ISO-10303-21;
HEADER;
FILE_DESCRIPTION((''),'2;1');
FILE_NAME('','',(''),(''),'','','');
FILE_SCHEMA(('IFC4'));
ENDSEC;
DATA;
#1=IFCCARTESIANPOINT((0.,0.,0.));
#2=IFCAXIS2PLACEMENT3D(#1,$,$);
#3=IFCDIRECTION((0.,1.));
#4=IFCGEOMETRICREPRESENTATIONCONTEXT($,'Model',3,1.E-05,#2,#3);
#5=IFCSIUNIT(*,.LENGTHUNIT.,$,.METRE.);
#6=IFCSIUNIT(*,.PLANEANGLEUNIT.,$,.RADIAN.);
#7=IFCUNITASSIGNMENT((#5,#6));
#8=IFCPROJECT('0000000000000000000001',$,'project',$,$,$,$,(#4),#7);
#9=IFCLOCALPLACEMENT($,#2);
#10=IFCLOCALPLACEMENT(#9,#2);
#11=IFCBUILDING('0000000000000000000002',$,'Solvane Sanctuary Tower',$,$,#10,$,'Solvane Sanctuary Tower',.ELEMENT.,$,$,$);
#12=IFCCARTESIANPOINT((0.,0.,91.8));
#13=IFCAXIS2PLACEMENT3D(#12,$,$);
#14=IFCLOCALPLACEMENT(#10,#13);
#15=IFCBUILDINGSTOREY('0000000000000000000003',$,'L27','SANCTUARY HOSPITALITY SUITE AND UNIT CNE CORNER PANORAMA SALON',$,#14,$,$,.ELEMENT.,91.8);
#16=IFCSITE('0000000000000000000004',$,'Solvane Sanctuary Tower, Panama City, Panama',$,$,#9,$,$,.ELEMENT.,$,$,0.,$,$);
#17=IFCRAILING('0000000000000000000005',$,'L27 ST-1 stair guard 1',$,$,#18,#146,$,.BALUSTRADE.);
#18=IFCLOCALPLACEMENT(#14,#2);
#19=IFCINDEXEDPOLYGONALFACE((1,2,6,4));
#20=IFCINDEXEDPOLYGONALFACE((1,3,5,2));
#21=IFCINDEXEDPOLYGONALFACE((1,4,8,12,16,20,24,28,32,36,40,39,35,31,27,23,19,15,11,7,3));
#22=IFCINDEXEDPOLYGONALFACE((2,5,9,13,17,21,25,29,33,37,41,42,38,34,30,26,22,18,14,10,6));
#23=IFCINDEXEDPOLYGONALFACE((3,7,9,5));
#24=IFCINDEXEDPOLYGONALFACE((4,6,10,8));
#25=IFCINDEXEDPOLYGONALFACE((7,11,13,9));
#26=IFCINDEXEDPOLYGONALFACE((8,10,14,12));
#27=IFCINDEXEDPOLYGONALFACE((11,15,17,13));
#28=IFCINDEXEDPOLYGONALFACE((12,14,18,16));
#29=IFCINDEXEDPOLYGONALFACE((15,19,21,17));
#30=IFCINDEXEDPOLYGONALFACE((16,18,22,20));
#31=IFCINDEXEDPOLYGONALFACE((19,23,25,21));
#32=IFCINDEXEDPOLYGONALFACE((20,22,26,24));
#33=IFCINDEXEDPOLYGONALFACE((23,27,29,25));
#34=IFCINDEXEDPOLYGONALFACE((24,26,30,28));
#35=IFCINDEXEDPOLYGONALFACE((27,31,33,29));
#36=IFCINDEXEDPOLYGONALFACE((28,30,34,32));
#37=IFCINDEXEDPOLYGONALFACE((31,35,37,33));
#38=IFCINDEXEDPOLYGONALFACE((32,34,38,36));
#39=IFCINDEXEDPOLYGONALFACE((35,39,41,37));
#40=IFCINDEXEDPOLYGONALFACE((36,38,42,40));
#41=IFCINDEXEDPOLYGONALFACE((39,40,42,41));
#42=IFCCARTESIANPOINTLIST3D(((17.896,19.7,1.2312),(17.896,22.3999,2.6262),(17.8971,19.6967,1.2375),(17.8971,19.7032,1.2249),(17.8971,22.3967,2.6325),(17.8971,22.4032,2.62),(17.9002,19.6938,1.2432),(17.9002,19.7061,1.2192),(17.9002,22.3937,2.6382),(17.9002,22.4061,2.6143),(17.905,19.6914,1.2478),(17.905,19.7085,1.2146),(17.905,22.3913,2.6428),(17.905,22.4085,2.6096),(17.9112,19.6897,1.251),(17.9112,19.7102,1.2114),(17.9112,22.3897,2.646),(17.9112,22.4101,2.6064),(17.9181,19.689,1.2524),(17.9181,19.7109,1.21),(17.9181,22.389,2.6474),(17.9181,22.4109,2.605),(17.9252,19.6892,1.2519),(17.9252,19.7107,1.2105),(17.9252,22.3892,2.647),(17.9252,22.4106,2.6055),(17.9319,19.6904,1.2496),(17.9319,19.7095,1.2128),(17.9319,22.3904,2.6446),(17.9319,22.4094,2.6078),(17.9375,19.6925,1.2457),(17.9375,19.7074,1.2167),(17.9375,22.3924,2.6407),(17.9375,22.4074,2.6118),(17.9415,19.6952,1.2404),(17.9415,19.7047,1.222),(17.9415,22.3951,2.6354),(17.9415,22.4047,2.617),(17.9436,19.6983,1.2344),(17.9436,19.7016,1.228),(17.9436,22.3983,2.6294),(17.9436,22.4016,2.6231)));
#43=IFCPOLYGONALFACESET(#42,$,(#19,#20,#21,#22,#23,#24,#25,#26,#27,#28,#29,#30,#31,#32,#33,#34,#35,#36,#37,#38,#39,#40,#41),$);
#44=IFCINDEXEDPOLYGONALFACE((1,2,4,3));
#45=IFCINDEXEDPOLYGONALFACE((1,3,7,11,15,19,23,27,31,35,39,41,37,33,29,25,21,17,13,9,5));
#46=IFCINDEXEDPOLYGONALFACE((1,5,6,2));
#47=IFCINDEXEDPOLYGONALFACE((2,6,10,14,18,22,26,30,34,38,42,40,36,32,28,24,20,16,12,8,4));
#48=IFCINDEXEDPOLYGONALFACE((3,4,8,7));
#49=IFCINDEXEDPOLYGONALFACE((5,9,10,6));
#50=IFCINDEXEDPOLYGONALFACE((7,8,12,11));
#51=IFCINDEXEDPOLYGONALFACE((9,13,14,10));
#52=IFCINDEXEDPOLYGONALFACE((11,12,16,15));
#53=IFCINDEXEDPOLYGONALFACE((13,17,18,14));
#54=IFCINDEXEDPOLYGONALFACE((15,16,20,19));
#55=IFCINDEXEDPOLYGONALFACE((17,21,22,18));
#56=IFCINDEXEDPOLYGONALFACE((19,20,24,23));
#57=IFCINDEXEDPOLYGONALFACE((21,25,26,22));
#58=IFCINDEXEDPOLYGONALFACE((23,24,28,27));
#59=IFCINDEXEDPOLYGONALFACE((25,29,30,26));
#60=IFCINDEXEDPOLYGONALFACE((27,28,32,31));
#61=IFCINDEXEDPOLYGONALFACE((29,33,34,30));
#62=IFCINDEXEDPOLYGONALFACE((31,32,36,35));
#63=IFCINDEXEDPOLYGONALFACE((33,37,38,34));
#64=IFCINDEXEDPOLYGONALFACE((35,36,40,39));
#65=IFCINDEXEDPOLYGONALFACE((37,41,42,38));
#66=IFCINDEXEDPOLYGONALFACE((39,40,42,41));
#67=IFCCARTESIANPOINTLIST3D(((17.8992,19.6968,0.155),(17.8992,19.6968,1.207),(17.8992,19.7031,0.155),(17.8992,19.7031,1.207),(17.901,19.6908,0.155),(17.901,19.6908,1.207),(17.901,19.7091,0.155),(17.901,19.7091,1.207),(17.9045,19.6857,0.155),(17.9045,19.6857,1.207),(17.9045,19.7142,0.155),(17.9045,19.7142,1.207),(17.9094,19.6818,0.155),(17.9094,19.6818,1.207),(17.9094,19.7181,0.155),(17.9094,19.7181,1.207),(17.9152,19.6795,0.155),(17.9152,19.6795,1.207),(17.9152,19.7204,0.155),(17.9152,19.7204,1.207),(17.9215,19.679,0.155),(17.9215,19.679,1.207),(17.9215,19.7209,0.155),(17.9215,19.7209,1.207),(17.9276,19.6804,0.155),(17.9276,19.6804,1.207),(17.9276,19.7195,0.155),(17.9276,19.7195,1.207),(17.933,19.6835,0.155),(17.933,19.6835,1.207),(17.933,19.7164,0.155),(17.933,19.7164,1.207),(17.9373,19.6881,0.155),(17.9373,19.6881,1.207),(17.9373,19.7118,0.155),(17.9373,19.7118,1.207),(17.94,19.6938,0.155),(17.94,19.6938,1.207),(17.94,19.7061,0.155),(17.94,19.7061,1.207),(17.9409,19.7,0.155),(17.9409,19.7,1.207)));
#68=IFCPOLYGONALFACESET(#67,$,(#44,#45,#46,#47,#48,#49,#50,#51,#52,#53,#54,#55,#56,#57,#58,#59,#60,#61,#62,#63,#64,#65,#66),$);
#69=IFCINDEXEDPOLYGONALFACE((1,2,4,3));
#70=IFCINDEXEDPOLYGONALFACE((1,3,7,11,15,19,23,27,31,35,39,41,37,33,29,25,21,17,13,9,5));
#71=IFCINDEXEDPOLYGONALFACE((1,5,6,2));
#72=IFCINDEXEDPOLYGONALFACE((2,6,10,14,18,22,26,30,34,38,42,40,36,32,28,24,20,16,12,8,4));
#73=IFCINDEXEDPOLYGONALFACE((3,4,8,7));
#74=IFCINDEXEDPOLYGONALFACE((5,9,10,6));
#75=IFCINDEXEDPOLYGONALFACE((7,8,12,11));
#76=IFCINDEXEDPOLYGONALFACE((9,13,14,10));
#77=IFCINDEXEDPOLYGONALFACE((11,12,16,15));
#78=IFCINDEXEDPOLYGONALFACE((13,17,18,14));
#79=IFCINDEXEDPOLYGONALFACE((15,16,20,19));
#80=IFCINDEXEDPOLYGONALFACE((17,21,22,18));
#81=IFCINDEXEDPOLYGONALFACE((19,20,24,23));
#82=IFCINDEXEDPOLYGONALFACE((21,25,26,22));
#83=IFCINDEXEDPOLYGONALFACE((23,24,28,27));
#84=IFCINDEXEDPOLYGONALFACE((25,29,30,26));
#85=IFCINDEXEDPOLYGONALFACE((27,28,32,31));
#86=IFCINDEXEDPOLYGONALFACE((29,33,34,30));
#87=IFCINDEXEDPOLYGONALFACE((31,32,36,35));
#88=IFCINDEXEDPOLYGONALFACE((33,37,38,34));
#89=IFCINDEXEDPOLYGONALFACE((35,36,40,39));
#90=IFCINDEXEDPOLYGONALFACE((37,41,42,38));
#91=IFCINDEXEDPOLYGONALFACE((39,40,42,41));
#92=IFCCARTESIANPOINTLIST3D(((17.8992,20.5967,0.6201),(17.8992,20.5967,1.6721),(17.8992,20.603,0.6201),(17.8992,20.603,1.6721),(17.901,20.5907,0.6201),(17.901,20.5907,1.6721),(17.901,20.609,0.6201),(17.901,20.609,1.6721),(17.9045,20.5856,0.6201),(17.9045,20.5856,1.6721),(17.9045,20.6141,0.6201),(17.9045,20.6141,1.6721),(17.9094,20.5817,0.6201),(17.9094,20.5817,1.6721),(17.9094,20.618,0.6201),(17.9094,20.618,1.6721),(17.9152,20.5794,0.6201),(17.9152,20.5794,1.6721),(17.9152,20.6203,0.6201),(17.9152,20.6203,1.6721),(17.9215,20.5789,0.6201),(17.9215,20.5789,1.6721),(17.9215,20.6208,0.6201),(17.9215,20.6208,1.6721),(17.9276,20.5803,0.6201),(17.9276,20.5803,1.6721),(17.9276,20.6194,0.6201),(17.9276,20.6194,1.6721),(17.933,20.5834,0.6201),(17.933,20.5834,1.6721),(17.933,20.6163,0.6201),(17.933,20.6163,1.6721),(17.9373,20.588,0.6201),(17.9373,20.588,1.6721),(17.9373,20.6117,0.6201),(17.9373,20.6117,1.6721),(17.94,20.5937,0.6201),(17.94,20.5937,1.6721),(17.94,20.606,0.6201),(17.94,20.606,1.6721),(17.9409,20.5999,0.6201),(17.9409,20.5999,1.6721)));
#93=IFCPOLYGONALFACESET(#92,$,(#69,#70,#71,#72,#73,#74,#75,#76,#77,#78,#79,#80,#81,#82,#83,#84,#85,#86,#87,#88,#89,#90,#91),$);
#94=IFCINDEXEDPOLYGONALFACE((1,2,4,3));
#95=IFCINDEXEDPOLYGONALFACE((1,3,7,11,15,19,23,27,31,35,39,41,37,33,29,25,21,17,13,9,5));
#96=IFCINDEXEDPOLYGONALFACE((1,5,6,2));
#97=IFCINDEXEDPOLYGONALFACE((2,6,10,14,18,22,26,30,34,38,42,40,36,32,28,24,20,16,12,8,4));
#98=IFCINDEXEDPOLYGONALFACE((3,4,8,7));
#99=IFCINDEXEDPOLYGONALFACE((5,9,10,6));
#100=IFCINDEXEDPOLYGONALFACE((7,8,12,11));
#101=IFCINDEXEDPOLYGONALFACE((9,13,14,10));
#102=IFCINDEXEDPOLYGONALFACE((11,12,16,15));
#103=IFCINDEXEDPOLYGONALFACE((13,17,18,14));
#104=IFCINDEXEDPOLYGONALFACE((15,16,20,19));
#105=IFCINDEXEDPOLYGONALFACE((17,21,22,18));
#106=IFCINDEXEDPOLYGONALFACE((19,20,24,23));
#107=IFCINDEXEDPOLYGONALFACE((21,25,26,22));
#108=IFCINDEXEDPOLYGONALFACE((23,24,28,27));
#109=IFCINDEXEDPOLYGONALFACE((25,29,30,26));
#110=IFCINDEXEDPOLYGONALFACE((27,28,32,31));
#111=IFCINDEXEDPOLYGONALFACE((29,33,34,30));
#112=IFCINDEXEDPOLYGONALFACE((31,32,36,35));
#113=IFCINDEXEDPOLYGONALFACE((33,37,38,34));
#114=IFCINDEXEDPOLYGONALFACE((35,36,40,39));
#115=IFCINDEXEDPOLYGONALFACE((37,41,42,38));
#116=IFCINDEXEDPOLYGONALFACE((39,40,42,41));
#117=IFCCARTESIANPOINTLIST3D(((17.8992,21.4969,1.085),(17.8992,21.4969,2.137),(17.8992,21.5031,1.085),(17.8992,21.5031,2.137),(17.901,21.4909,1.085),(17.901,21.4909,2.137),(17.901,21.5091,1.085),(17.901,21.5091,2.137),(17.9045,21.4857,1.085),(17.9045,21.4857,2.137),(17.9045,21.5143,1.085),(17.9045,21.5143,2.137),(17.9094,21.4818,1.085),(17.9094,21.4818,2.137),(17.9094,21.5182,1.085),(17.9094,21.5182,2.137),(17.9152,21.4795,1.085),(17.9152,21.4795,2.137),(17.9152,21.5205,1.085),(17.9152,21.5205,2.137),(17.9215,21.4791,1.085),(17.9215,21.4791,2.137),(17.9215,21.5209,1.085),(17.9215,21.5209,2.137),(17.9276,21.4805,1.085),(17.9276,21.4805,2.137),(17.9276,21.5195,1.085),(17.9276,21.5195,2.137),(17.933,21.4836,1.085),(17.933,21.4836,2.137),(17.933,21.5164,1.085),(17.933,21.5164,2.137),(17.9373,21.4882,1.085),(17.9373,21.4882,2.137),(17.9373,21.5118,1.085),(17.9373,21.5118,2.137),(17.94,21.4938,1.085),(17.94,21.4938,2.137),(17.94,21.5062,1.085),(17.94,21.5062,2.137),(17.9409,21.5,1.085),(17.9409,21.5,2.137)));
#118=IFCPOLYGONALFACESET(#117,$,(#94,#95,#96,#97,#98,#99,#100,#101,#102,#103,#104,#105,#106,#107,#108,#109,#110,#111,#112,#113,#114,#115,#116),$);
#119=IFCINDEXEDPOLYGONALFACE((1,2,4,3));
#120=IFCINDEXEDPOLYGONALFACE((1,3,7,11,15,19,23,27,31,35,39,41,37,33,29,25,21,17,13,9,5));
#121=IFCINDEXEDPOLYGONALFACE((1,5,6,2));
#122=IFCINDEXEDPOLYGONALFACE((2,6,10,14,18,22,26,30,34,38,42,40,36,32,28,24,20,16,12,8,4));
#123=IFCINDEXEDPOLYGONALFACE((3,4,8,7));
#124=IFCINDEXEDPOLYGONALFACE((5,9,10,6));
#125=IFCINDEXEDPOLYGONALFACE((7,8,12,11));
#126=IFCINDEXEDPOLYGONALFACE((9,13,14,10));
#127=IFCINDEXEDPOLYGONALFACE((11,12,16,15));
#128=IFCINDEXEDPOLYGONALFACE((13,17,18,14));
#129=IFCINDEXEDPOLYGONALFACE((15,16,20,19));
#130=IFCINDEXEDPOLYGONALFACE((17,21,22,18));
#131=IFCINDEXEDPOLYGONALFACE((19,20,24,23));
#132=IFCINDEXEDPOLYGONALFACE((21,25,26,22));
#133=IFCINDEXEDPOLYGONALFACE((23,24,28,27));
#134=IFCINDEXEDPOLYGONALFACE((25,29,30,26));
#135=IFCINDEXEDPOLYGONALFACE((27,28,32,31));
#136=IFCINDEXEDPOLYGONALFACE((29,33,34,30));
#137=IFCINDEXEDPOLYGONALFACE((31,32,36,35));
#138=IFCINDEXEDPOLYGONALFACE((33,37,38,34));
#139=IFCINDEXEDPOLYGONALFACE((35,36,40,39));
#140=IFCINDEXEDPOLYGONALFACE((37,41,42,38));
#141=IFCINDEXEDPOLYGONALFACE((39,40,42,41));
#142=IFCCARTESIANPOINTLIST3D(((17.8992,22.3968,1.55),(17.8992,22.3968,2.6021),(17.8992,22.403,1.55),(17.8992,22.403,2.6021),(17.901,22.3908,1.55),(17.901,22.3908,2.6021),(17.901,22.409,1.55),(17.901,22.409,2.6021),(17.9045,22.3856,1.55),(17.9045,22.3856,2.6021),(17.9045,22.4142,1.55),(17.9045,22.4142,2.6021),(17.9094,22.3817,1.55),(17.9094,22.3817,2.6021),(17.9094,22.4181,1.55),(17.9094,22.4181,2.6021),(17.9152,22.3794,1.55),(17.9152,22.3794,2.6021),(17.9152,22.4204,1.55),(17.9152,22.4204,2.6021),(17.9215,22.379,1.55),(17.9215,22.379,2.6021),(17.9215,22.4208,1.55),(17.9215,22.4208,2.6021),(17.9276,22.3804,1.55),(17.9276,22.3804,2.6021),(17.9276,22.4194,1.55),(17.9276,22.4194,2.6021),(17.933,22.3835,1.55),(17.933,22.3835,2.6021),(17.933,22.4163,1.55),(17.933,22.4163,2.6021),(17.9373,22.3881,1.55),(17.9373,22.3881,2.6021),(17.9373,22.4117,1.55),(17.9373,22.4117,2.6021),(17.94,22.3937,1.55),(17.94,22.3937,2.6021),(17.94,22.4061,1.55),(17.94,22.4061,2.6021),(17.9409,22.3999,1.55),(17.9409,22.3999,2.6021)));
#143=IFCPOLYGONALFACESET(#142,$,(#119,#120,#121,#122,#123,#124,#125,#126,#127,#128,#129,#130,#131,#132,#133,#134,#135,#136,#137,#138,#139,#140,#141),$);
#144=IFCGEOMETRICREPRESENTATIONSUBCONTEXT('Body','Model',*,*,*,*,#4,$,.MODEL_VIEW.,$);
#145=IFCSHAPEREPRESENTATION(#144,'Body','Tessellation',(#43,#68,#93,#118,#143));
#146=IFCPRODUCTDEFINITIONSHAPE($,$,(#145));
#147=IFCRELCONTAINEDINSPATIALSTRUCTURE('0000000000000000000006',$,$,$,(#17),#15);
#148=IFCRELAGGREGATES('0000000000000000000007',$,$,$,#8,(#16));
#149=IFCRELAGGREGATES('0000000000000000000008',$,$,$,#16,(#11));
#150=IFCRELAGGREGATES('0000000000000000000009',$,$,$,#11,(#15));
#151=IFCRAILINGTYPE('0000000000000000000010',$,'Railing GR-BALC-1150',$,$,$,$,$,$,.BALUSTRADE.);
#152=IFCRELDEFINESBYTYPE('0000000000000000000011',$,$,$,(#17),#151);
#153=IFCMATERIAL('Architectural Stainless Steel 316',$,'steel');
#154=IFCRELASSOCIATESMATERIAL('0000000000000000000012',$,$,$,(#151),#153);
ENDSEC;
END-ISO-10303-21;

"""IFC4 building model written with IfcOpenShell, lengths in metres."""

from ifc_helpers import new_model, si_unit, direction, frame, origin, origin_2d, place, context, subcontext, project, spatial, circle, extrude, material, type_object, element, save


model = new_model("IFC4")

# Units and contexts
model_context = context("Model", 3, precision=1e-05, world=origin(), true_north=direction((0.0, 1.0)))
body_context = subcontext(model_context, "Body", "Model", "MODEL_VIEW")
ifc_project = project(units=[si_unit("LENGTHUNIT", "METRE"), si_unit("PLANEANGLEUNIT", "RADIAN")], contexts=[model_context])

# Site, building, storey
site_placement = place(None, origin())
site = spatial("IfcSite", under=ifc_project, at=site_placement, Name="Solvane Sanctuary Tower, Panama City, Panama", CompositionType="ELEMENT", RefElevation=0.0)
building_placement = place(site_placement, origin())
building = spatial("IfcBuilding", under=site, at=building_placement, Name="Solvane Sanctuary Tower", LongName="Solvane Sanctuary Tower", CompositionType="ELEMENT")
storey_placement = place(building_placement, frame((0.0, 0.0, 91.8)))
storey = spatial("IfcBuildingStorey", under=building, at=storey_placement, Name="L27", Description="SANCTUARY HOSPITALITY SUITE AND UNIT CNE CORNER PANORAMA SALON", CompositionType="ELEMENT", Elevation=91.8)

# Shared definitions
ifc_material_1 = material(Name="Architectural Stainless Steel 316", Category="steel")

# Railing
railing_type_1 = type_object("IfcRailingType", Name="Railing GR-BALC-1150", PredefinedType="BALUSTRADE", material=ifc_material_1)
railing_1_placement = place(storey_placement, frame((17.9199, 19.7, 0.155)))
element("IfcRailing", 1, at=railing_1_placement, inside=storey, type_object=railing_type_1, Name="L27 ST-1 stair guard 1", PredefinedType="BALUSTRADE", context=body_context, shape_type="SweptSolid", body=[
    extrude(circle(Radius=0.0239, at=origin_2d()), frame((0.0, 0.0, 1.0762), z_axis=(0.0, 0.88842, 0.459032), x_axis=(-1.0, 0.0, 0.0)), (0.0, 0.0, 1.0), 3.0391),
    extrude(circle(Radius=0.021, at=origin_2d()), origin(), (0.0, 0.0, 1.0), 1.052),
    extrude(circle(Radius=0.021, at=origin_2d()), frame((0.0, 0.8999, 0.4651)), (0.0, 0.0, 1.0), 1.052),
    extrude(circle(Radius=0.021, at=origin_2d()), frame((0.0, 1.8, 0.9299)), (0.0, 0.0, 1.0), 1.052),
    extrude(circle(Radius=0.021, at=origin_2d()), frame((0.0, 2.7, 1.395)), (0.0, 0.0, 1.0), 1.052),
])

save(model, "model.ifc")
